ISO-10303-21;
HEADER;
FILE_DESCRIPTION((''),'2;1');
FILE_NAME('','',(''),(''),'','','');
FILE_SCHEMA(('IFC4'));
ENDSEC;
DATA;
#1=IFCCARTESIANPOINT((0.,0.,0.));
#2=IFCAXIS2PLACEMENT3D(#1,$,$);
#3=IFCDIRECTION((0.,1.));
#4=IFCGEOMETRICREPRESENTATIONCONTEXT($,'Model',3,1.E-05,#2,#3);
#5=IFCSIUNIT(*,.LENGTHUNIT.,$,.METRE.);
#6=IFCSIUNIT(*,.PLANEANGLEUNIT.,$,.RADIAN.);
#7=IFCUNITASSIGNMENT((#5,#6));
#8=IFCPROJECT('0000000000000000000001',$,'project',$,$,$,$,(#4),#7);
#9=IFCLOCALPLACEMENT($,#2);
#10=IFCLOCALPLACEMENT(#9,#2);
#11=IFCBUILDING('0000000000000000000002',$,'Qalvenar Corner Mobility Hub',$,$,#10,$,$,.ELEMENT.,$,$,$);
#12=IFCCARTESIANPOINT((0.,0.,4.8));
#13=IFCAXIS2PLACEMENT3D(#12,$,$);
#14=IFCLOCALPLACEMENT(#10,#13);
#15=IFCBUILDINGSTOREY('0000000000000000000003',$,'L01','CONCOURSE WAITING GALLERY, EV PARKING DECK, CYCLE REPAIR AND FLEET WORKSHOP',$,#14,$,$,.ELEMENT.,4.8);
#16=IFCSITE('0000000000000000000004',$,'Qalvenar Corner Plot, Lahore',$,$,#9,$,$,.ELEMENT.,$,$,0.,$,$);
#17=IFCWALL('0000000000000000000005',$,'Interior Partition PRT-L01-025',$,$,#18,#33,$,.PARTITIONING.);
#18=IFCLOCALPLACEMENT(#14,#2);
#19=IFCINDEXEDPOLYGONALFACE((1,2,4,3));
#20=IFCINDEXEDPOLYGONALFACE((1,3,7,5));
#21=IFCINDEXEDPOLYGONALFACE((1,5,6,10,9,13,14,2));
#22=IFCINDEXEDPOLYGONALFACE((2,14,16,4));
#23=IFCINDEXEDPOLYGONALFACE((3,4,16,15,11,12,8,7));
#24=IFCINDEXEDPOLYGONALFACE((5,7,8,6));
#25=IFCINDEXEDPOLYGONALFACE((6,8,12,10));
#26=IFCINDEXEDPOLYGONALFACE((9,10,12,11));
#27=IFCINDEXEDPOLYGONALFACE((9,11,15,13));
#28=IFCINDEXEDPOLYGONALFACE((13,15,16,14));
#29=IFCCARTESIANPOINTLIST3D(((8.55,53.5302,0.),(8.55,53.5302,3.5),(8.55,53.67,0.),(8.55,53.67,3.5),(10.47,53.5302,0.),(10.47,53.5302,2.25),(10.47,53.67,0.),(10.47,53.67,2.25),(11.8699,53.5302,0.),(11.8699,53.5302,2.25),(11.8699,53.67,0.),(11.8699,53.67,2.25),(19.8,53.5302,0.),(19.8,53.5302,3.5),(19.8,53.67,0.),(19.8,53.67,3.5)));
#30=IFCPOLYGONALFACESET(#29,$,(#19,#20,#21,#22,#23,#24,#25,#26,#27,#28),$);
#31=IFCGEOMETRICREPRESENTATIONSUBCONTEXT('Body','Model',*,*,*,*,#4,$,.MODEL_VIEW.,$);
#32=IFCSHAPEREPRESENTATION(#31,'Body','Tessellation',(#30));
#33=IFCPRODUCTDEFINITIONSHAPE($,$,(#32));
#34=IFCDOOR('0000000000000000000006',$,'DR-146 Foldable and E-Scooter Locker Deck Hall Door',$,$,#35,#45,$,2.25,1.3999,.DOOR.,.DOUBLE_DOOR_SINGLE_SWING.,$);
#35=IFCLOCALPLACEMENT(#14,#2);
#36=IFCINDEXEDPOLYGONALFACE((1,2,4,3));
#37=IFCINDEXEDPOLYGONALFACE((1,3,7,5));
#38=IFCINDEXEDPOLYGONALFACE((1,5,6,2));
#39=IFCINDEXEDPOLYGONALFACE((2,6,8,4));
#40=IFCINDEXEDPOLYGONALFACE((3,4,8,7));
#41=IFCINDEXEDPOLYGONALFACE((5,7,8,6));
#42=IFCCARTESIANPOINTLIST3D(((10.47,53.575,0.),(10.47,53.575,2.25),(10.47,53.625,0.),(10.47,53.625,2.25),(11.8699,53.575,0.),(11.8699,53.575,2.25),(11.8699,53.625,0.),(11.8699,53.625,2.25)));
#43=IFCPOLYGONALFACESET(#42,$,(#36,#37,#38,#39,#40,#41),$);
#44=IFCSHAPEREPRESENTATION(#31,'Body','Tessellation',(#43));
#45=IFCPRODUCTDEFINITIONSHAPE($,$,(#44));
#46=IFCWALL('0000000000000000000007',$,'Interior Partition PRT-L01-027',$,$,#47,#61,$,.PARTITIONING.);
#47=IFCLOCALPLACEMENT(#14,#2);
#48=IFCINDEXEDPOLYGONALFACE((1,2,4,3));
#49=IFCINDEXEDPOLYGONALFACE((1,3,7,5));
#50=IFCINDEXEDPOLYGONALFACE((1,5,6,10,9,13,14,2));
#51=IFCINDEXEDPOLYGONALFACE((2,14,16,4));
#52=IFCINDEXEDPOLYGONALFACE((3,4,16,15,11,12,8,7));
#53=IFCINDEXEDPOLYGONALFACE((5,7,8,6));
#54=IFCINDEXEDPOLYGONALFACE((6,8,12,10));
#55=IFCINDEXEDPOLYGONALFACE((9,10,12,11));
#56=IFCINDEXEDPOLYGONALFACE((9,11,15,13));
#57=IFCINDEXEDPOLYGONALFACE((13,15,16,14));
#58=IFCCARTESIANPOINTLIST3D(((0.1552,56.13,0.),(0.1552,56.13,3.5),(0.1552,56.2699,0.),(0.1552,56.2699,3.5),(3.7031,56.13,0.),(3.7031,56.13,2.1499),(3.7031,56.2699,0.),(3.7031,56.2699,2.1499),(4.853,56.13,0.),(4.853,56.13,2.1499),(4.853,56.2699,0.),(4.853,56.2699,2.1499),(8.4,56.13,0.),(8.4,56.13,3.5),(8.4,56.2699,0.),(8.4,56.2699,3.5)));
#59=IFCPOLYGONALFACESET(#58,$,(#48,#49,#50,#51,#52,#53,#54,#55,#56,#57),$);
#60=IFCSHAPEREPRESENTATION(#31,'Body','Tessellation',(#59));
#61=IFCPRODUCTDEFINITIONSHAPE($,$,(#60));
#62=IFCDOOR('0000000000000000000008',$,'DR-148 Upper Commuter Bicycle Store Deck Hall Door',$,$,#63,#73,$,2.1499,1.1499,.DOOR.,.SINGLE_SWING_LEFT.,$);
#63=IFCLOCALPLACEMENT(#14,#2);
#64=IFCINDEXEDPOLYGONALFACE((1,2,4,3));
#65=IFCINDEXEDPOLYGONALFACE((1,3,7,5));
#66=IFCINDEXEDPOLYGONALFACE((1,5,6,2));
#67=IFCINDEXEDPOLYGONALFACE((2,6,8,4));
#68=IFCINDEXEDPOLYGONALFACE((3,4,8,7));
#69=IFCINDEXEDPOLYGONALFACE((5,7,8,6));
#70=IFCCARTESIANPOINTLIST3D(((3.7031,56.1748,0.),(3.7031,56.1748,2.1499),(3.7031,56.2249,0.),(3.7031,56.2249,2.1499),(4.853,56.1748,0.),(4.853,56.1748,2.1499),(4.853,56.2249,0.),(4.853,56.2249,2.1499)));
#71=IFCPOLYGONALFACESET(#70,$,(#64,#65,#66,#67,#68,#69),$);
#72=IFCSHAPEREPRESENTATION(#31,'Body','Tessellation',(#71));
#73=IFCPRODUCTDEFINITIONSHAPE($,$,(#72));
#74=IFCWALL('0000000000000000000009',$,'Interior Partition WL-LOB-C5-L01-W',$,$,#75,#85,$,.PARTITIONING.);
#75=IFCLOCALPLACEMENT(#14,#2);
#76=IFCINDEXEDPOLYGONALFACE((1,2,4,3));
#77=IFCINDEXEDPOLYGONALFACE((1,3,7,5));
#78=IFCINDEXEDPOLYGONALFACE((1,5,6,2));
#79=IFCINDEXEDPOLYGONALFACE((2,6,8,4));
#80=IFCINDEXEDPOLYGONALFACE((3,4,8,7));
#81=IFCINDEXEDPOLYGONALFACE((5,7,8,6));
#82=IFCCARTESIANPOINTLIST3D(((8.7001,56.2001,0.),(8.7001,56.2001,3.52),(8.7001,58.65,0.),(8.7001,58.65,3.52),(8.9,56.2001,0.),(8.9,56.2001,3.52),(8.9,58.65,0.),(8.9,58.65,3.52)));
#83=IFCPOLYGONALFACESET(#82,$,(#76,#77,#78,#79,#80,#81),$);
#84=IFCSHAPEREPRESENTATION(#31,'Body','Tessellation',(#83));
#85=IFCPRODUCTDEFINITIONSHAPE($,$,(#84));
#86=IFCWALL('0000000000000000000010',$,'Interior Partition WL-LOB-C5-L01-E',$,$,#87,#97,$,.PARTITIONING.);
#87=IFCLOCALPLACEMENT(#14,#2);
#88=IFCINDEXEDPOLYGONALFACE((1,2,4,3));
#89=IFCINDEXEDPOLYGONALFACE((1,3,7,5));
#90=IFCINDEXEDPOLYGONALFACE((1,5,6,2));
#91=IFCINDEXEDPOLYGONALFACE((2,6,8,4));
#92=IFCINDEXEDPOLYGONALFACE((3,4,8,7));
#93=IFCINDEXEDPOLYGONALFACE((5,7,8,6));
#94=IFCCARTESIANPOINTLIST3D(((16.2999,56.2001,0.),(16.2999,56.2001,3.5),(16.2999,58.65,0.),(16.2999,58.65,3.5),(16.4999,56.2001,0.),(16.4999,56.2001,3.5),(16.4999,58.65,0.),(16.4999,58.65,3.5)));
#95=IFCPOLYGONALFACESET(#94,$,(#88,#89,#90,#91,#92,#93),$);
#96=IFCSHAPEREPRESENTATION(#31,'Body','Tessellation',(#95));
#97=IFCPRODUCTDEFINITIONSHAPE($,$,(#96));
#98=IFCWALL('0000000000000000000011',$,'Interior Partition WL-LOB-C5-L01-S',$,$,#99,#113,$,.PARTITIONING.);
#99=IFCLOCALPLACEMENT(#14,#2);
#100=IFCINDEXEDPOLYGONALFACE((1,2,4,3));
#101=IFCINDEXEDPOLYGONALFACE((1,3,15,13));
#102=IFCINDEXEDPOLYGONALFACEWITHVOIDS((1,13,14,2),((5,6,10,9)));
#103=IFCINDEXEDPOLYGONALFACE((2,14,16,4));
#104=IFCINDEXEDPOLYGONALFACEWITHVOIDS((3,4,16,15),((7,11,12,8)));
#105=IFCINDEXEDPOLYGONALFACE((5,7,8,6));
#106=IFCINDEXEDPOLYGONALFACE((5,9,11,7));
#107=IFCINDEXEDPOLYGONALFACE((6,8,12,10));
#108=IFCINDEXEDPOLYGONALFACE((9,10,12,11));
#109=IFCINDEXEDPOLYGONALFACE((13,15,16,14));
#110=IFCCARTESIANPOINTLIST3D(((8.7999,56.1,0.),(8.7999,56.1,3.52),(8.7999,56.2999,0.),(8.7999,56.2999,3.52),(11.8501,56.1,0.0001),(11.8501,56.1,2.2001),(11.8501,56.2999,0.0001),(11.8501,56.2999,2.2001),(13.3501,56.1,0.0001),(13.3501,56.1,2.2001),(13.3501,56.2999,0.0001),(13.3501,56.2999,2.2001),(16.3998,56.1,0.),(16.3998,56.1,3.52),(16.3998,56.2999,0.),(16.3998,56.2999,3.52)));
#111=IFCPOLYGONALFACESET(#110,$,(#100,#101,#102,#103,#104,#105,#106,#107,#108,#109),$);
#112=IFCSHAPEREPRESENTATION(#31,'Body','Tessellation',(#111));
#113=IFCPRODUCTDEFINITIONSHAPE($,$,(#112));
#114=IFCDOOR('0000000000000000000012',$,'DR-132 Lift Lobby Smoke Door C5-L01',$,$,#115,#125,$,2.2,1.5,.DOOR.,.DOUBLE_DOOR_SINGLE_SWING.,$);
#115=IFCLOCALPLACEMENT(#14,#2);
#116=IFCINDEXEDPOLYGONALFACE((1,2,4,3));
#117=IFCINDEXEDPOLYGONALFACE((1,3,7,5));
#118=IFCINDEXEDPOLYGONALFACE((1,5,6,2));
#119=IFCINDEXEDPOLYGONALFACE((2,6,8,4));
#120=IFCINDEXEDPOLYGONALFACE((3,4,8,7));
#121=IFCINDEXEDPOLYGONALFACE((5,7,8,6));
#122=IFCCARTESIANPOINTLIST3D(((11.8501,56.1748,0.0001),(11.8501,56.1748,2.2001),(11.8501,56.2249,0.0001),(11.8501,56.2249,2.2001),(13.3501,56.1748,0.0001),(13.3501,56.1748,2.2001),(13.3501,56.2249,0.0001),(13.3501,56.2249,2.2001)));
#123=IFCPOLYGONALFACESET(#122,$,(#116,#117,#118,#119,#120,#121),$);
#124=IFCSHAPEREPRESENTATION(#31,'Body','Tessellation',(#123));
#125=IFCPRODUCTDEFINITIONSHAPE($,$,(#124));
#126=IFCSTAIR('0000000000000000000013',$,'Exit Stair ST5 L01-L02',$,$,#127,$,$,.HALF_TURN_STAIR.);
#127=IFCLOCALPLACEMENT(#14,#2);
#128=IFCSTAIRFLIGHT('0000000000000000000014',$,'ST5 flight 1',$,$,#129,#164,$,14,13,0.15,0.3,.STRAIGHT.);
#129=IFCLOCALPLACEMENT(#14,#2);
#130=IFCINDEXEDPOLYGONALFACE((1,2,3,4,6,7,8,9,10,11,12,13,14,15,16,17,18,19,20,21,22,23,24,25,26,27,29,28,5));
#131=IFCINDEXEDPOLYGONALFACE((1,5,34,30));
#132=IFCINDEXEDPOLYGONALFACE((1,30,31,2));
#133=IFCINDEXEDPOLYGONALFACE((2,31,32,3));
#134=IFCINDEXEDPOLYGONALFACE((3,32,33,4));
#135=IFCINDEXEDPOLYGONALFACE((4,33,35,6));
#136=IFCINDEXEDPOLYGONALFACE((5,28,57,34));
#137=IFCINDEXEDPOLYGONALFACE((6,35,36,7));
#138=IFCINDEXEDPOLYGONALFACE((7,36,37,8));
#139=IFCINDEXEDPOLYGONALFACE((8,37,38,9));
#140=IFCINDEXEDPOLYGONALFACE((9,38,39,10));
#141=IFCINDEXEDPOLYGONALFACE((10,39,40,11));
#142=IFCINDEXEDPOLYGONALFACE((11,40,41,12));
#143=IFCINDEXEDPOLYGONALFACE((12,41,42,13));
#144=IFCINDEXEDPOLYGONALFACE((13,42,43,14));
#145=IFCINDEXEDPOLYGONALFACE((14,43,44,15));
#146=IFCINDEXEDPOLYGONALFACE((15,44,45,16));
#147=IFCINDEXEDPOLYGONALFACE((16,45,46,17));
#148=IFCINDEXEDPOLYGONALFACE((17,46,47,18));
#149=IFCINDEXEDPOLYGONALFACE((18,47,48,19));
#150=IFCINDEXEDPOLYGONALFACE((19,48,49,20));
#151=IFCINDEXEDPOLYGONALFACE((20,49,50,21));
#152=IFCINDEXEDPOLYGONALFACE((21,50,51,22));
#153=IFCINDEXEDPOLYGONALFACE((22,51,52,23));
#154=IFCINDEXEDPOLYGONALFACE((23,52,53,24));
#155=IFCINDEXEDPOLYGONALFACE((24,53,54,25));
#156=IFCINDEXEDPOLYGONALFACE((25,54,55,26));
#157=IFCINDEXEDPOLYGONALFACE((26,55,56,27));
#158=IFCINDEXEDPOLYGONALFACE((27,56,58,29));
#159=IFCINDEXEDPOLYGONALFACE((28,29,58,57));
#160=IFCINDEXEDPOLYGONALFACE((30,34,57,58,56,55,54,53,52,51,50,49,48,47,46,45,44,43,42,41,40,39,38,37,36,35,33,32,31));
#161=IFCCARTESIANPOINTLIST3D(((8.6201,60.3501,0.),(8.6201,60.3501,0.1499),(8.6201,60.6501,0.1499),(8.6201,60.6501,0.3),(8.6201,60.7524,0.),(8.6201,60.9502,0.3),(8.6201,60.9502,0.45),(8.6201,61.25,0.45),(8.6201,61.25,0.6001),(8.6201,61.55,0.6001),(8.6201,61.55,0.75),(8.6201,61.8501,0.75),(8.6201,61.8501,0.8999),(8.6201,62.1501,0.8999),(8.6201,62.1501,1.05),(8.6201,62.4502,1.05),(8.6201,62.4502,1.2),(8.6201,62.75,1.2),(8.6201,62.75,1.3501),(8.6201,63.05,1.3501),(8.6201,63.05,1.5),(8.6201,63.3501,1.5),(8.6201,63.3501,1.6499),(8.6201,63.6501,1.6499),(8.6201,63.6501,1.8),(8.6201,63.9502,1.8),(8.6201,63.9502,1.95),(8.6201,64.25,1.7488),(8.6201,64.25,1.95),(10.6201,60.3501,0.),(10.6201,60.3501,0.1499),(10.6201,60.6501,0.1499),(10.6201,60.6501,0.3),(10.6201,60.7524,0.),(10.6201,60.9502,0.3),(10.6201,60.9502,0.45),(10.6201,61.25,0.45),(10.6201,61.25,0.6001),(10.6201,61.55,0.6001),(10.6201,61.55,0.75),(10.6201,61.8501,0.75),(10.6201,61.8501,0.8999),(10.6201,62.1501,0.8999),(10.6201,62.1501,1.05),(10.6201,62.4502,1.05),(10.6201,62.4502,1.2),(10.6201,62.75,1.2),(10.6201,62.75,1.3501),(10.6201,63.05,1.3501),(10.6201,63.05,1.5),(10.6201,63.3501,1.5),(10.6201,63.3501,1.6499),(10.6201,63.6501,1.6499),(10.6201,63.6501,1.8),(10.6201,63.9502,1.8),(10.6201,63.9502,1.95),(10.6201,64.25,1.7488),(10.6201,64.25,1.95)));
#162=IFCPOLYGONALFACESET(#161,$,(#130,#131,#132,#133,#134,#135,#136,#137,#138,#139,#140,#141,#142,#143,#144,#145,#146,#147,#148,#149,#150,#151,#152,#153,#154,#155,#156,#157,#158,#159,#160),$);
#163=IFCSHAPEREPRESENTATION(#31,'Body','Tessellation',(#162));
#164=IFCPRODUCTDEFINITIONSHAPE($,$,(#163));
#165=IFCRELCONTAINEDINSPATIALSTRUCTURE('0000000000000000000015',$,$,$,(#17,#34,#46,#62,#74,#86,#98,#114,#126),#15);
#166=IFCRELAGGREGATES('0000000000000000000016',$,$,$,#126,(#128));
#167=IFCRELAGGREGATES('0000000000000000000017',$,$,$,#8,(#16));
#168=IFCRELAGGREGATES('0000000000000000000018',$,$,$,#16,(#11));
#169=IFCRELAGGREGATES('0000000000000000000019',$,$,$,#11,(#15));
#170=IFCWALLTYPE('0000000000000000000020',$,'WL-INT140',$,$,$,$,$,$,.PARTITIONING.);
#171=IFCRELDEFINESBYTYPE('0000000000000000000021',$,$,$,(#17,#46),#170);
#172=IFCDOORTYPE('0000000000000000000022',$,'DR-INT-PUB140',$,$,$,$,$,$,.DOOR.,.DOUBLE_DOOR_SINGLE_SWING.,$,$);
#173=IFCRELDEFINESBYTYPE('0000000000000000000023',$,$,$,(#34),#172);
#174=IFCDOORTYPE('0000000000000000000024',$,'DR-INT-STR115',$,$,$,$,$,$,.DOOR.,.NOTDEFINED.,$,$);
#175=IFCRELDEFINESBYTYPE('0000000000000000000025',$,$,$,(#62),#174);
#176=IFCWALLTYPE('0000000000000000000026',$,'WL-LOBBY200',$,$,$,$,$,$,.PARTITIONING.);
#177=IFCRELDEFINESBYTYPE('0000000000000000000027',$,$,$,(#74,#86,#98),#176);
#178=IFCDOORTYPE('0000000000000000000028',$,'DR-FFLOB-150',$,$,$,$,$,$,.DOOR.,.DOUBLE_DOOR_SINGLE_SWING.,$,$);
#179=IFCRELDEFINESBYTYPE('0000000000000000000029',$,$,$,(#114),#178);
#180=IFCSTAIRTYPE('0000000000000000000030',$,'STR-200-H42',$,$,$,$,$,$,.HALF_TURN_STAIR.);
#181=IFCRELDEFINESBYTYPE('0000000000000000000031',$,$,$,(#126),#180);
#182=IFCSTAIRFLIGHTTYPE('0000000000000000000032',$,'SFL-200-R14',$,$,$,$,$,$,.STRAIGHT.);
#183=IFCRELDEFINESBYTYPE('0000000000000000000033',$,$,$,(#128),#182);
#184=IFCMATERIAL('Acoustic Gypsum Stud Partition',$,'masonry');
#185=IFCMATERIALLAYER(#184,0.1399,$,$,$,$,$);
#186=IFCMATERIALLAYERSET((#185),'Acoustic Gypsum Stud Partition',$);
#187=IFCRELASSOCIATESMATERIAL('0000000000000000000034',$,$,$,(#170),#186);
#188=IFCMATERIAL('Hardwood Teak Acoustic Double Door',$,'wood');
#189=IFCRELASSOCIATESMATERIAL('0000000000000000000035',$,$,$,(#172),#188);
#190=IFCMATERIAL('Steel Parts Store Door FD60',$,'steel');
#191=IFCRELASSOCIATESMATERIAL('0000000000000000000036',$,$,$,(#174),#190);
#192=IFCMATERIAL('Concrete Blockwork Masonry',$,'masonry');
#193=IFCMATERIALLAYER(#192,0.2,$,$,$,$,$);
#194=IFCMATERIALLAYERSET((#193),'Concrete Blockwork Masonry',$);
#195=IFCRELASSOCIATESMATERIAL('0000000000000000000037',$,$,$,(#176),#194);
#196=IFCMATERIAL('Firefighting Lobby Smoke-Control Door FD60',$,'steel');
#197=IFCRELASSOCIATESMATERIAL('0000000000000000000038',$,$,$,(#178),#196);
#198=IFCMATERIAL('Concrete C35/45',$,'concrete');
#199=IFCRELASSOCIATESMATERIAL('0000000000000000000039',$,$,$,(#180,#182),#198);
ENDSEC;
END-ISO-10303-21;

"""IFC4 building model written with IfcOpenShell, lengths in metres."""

from ifc_helpers import new_model, si_unit, direction, frame, frame_2d, origin, place, context, subcontext, project, spatial, polyline, rectangle, outline, extrude, material, layer, layer_set, type_object, element, fill, aggregate, save


model = new_model("IFC4")

# Units and contexts
model_context = context("Model", 3, precision=1e-05, world=origin(), true_north=direction((0.0, 1.0)))
body_context = subcontext(model_context, "Body", "Model", "MODEL_VIEW")
ifc_project = project(units=[si_unit("LENGTHUNIT", "METRE"), si_unit("PLANEANGLEUNIT", "RADIAN")], contexts=[model_context])

# Site, building, storey
site_placement = place(None, origin())
site = spatial("IfcSite", under=ifc_project, at=site_placement, Name="Qalvenar Corner Plot, Lahore", CompositionType="ELEMENT", RefElevation=0.0)
building_placement = place(site_placement, origin())
building = spatial("IfcBuilding", under=site, at=building_placement, Name="Qalvenar Corner Mobility Hub", CompositionType="ELEMENT")
storey_placement = place(building_placement, frame((0.0, 0.0, 4.8)))
storey = spatial("IfcBuildingStorey", under=building, at=storey_placement, Name="L01", Description="CONCOURSE WAITING GALLERY, EV PARKING DECK, CYCLE REPAIR AND FLEET WORKSHOP", CompositionType="ELEMENT", Elevation=4.8)

# Shared definitions
ifc_material_1 = material(Name="Acoustic Gypsum Stud Partition", Category="masonry")
ifc_layer_1 = layer(ifc_material_1, 0.1399)
ifc_layer_set_1 = layer_set([ifc_layer_1], Name="Acoustic Gypsum Stud Partition")
wall_type_1 = type_object("IfcWallType", Name="WL-INT140", PredefinedType="PARTITIONING", material=ifc_layer_set_1)

# Walls, openings, doors
wall_1_placement = place(storey_placement, frame((8.55, 53.6001, 0.0), z_axis=(0.0, 0.0, 1.0), x_axis=(1.0, 0.0, 0.0)))
wall_1 = element("IfcWall", 1, at=wall_1_placement, inside=storey, type_object=wall_type_1, Name="Interior Partition PRT-L01-025", PredefinedType="PARTITIONING", context=body_context, shape_type="SweptSolid", body=[
    extrude(rectangle(XDim=11.25, YDim=0.1399, at=frame_2d((5.625, 0.0))), origin(), (0.0, 0.0, 1.0), 3.5),
])
opening_1_placement = place(wall_1_placement, frame((1.9199, 0.0, 0.0)))
opening_1 = element("IfcOpeningElement", 2, at=opening_1_placement, cuts=wall_1, PredefinedType="OPENING", context=body_context, shape_type="SweptSolid", body=[
    extrude(rectangle(XDim=1.3999, YDim=2.25, at=frame_2d((0.7, 1.125))), frame((0.0, 0.0801, 0.0), z_axis=(0.0, -1.0, 0.0), x_axis=(1.0, 0.0, 0.0)), (0.0, 0.0, 1.0), 0.1599),
])
ifc_material_2 = material(Name="Hardwood Teak Acoustic Double Door", Category="wood")
door_type_1 = type_object("IfcDoorType", Name="DR-INT-PUB140", OperationType="DOUBLE_DOOR_SINGLE_SWING", PredefinedType="DOOR", material=ifc_material_2)
door_1_placement = place(opening_1_placement, origin())
door_1 = element("IfcDoor", 3, at=door_1_placement, inside=storey, type_object=door_type_1, Name="DR-146 Foldable and E-Scooter Locker Deck Hall Door", OperationType="DOUBLE_DOOR_SINGLE_SWING", OverallHeight=2.25, OverallWidth=1.3999, PredefinedType="DOOR", context=body_context, shape_type="SweptSolid", body=[
    extrude(rectangle(XDim=1.3999, YDim=2.25, at=frame_2d((0.7, 1.125))), frame((0.0, 0.0249, 0.0), z_axis=(0.0, -1.0, 0.0), x_axis=(1.0, 0.0, 0.0)), (0.0, 0.0, 1.0), 0.05),
])
fill(opening_1, door_1)
wall_2_placement = place(storey_placement, frame((0.155, 56.2, 0.0), z_axis=(0.0, 0.0, 1.0), x_axis=(1.0, 0.0, 0.0)))
wall_2 = element("IfcWall", 4, at=wall_2_placement, inside=storey, type_object=wall_type_1, Name="Interior Partition PRT-L01-027", PredefinedType="PARTITIONING", context=body_context, shape_type="SweptSolid", body=[
    extrude(rectangle(XDim=8.2449, YDim=0.1399, at=frame_2d((4.1226, 0.0))), origin(), (0.0, 0.0, 1.0), 3.5),
])
opening_2_placement = place(wall_2_placement, frame((3.5481, 0.0, 0.0)))
opening_2 = element("IfcOpeningElement", 5, at=opening_2_placement, cuts=wall_2, PredefinedType="OPENING", context=body_context, shape_type="SweptSolid", body=[
    extrude(rectangle(XDim=1.1499, YDim=2.1499, at=frame_2d((0.575, 1.075))), frame((0.0, 0.0801, 0.0), z_axis=(0.0, -1.0, 0.0), x_axis=(1.0, 0.0, 0.0)), (0.0, 0.0, 1.0), 0.1599),
])
ifc_material_3 = material(Name="Steel Parts Store Door FD60", Category="steel")
door_type_2 = type_object("IfcDoorType", Name="DR-INT-STR115", OperationType="NOTDEFINED", PredefinedType="DOOR", material=ifc_material_3)
door_2_placement = place(opening_2_placement, origin())
door_2 = element("IfcDoor", 6, at=door_2_placement, inside=storey, type_object=door_type_2, Name="DR-148 Upper Commuter Bicycle Store Deck Hall Door", OperationType="SINGLE_SWING_LEFT", OverallHeight=2.1499, OverallWidth=1.1499, PredefinedType="DOOR", context=body_context, shape_type="SweptSolid", body=[
    extrude(rectangle(XDim=1.1499, YDim=2.1499, at=frame_2d((0.575, 1.075))), frame((0.0, 0.0249, 0.0), z_axis=(0.0, -1.0, 0.0), x_axis=(1.0, 0.0, 0.0)), (0.0, 0.0, 1.0), 0.05),
])
fill(opening_2, door_2)

# Walls
ifc_material_4 = material(Name="Concrete Blockwork Masonry", Category="masonry")
ifc_layer_2 = layer(ifc_material_4, 0.2)
ifc_layer_set_2 = layer_set([ifc_layer_2], Name="Concrete Blockwork Masonry")
wall_type_2 = type_object("IfcWallType", Name="WL-LOBBY200", PredefinedType="PARTITIONING", material=ifc_layer_set_2)
wall_3_placement = place(storey_placement, frame((8.8, 56.2, 0.0), z_axis=(0.0, 0.0, 1.0), x_axis=(0.0, 1.0, 0.0)))
element("IfcWall", 7, at=wall_3_placement, inside=storey, type_object=wall_type_2, Name="Interior Partition WL-LOB-C5-L01-W", PredefinedType="PARTITIONING", context=body_context, shape_type="SweptSolid", body=[
    extrude(rectangle(XDim=2.45, YDim=0.2, at=frame_2d((1.2251, 0.0))), origin(), (0.0, 0.0, 1.0), 3.52),
])
wall_4_placement = place(storey_placement, frame((16.3999, 56.2, 0.0), z_axis=(0.0, 0.0, 1.0), x_axis=(0.0, 1.0, 0.0)))
element("IfcWall", 8, at=wall_4_placement, inside=storey, type_object=wall_type_2, Name="Interior Partition WL-LOB-C5-L01-E", PredefinedType="PARTITIONING", context=body_context, shape_type="SweptSolid", body=[
    extrude(rectangle(XDim=2.45, YDim=0.2, at=frame_2d((1.2251, 0.0))), origin(), (0.0, 0.0, 1.0), 3.5),
])

# Wall, opening, door
wall_5_placement = place(storey_placement, frame((8.8, 56.2, 0.0), z_axis=(0.0, 0.0, 1.0), x_axis=(1.0, 0.0, 0.0)))
wall_5 = element("IfcWall", 9, at=wall_5_placement, inside=storey, type_object=wall_type_2, Name="Interior Partition WL-LOB-C5-L01-S", PredefinedType="PARTITIONING", context=body_context, shape_type="SweptSolid", body=[
    extrude(rectangle(XDim=7.5999, YDim=0.2, at=frame_2d((3.7998, 0.0))), origin(), (0.0, 0.0, 1.0), 3.52),
])
opening_3_placement = place(wall_5_placement, frame((3.05, 0.0, 0.0)))
opening_3 = element("IfcOpeningElement", 10, at=opening_3_placement, cuts=wall_5, PredefinedType="OPENING", context=body_context, shape_type="SweptSolid", body=[
    extrude(rectangle(XDim=1.5, YDim=2.2, at=frame_2d((0.75, 1.1001))), frame((0.0, 0.1099, 0.0), z_axis=(0.0, -1.0, 0.0), x_axis=(1.0, 0.0, 0.0)), (0.0, 0.0, 1.0), 0.22),
])
ifc_material_5 = material(Name="Firefighting Lobby Smoke-Control Door FD60", Category="steel")
door_type_3 = type_object("IfcDoorType", Name="DR-FFLOB-150", OperationType="DOUBLE_DOOR_SINGLE_SWING", PredefinedType="DOOR", material=ifc_material_5)
door_3_placement = place(opening_3_placement, origin())
door_3 = element("IfcDoor", 11, at=door_3_placement, inside=storey, type_object=door_type_3, Name="DR-132 Lift Lobby Smoke Door C5-L01", OperationType="DOUBLE_DOOR_SINGLE_SWING", OverallHeight=2.2, OverallWidth=1.5, PredefinedType="DOOR", context=body_context, shape_type="SweptSolid", body=[
    extrude(rectangle(XDim=1.5, YDim=2.2, at=frame_2d((0.75, 1.1001))), frame((0.0, 0.0249, 0.0), z_axis=(0.0, -1.0, 0.0), x_axis=(1.0, 0.0, 0.0)), (0.0, 0.0, 1.0), 0.05),
])
fill(opening_3, door_3)

# Stair, stair flight
ifc_material_6 = material(Name="Concrete C35/45", Category="concrete")
stair_type = type_object("IfcStairType", Name="STR-200-H42", PredefinedType="HALF_TURN_STAIR", material=ifc_material_6)
stair_placement = place(storey_placement, origin())
stair = element("IfcStair", 12, at=stair_placement, inside=storey, type_object=stair_type, Name="Exit Stair ST5 L01-L02", PredefinedType="HALF_TURN_STAIR")
stair_flight_type = type_object("IfcStairFlightType", Name="SFL-200-R14", PredefinedType="STRAIGHT", material=ifc_material_6)
stair_flight_1_placement = place(storey_placement, frame((9.6201, 60.3501, 0.0), z_axis=(0.0, 0.0, 1.0), x_axis=(0.0, 1.0, 0.0)))
stair_flight_1 = element("IfcStairFlight", 13, at=stair_flight_1_placement, type_object=stair_flight_type, Name="ST5 flight 1", NumberOfRisers=14, NumberOfTreads=13, PredefinedType="STRAIGHT", RiserHeight=0.15, TreadLength=0.3, context=body_context, shape_type="SweptSolid", body=[
    extrude(outline(polyline([(0.0, 0.0), (0.0, 0.1499), (0.3, 0.1499), (0.3, 0.3), (0.6001, 0.3), (0.6001, 0.45), (0.8999, 0.45), (0.8999, 0.6001), (1.2, 0.6001), (1.2, 0.75), (1.5, 0.75), (1.5, 0.8999), (1.8, 0.8999), (1.8, 1.05), (2.1001, 1.05), (2.1001, 1.2), (2.3999, 1.2), (2.3999, 1.3501), (2.7, 1.3501), (2.7, 1.5), (3.0, 1.5), (3.0, 1.6499), (3.3, 1.6499), (3.3, 1.8), (3.6001, 1.8), (3.6001, 1.95), (3.8999, 1.95), (3.8999, 2.1001), (3.8999, 1.7488), (0.4023, 0.0), (0.0, 0.0)])), frame((0.0, 1.0, 0.0), z_axis=(0.0, -1.0, 0.0), x_axis=(1.0, 0.0, 0.0)), (0.0, 0.0, 1.0), 2.0),
])
aggregate(stair, [stair_flight_1])

save(model, "model.ifc")
